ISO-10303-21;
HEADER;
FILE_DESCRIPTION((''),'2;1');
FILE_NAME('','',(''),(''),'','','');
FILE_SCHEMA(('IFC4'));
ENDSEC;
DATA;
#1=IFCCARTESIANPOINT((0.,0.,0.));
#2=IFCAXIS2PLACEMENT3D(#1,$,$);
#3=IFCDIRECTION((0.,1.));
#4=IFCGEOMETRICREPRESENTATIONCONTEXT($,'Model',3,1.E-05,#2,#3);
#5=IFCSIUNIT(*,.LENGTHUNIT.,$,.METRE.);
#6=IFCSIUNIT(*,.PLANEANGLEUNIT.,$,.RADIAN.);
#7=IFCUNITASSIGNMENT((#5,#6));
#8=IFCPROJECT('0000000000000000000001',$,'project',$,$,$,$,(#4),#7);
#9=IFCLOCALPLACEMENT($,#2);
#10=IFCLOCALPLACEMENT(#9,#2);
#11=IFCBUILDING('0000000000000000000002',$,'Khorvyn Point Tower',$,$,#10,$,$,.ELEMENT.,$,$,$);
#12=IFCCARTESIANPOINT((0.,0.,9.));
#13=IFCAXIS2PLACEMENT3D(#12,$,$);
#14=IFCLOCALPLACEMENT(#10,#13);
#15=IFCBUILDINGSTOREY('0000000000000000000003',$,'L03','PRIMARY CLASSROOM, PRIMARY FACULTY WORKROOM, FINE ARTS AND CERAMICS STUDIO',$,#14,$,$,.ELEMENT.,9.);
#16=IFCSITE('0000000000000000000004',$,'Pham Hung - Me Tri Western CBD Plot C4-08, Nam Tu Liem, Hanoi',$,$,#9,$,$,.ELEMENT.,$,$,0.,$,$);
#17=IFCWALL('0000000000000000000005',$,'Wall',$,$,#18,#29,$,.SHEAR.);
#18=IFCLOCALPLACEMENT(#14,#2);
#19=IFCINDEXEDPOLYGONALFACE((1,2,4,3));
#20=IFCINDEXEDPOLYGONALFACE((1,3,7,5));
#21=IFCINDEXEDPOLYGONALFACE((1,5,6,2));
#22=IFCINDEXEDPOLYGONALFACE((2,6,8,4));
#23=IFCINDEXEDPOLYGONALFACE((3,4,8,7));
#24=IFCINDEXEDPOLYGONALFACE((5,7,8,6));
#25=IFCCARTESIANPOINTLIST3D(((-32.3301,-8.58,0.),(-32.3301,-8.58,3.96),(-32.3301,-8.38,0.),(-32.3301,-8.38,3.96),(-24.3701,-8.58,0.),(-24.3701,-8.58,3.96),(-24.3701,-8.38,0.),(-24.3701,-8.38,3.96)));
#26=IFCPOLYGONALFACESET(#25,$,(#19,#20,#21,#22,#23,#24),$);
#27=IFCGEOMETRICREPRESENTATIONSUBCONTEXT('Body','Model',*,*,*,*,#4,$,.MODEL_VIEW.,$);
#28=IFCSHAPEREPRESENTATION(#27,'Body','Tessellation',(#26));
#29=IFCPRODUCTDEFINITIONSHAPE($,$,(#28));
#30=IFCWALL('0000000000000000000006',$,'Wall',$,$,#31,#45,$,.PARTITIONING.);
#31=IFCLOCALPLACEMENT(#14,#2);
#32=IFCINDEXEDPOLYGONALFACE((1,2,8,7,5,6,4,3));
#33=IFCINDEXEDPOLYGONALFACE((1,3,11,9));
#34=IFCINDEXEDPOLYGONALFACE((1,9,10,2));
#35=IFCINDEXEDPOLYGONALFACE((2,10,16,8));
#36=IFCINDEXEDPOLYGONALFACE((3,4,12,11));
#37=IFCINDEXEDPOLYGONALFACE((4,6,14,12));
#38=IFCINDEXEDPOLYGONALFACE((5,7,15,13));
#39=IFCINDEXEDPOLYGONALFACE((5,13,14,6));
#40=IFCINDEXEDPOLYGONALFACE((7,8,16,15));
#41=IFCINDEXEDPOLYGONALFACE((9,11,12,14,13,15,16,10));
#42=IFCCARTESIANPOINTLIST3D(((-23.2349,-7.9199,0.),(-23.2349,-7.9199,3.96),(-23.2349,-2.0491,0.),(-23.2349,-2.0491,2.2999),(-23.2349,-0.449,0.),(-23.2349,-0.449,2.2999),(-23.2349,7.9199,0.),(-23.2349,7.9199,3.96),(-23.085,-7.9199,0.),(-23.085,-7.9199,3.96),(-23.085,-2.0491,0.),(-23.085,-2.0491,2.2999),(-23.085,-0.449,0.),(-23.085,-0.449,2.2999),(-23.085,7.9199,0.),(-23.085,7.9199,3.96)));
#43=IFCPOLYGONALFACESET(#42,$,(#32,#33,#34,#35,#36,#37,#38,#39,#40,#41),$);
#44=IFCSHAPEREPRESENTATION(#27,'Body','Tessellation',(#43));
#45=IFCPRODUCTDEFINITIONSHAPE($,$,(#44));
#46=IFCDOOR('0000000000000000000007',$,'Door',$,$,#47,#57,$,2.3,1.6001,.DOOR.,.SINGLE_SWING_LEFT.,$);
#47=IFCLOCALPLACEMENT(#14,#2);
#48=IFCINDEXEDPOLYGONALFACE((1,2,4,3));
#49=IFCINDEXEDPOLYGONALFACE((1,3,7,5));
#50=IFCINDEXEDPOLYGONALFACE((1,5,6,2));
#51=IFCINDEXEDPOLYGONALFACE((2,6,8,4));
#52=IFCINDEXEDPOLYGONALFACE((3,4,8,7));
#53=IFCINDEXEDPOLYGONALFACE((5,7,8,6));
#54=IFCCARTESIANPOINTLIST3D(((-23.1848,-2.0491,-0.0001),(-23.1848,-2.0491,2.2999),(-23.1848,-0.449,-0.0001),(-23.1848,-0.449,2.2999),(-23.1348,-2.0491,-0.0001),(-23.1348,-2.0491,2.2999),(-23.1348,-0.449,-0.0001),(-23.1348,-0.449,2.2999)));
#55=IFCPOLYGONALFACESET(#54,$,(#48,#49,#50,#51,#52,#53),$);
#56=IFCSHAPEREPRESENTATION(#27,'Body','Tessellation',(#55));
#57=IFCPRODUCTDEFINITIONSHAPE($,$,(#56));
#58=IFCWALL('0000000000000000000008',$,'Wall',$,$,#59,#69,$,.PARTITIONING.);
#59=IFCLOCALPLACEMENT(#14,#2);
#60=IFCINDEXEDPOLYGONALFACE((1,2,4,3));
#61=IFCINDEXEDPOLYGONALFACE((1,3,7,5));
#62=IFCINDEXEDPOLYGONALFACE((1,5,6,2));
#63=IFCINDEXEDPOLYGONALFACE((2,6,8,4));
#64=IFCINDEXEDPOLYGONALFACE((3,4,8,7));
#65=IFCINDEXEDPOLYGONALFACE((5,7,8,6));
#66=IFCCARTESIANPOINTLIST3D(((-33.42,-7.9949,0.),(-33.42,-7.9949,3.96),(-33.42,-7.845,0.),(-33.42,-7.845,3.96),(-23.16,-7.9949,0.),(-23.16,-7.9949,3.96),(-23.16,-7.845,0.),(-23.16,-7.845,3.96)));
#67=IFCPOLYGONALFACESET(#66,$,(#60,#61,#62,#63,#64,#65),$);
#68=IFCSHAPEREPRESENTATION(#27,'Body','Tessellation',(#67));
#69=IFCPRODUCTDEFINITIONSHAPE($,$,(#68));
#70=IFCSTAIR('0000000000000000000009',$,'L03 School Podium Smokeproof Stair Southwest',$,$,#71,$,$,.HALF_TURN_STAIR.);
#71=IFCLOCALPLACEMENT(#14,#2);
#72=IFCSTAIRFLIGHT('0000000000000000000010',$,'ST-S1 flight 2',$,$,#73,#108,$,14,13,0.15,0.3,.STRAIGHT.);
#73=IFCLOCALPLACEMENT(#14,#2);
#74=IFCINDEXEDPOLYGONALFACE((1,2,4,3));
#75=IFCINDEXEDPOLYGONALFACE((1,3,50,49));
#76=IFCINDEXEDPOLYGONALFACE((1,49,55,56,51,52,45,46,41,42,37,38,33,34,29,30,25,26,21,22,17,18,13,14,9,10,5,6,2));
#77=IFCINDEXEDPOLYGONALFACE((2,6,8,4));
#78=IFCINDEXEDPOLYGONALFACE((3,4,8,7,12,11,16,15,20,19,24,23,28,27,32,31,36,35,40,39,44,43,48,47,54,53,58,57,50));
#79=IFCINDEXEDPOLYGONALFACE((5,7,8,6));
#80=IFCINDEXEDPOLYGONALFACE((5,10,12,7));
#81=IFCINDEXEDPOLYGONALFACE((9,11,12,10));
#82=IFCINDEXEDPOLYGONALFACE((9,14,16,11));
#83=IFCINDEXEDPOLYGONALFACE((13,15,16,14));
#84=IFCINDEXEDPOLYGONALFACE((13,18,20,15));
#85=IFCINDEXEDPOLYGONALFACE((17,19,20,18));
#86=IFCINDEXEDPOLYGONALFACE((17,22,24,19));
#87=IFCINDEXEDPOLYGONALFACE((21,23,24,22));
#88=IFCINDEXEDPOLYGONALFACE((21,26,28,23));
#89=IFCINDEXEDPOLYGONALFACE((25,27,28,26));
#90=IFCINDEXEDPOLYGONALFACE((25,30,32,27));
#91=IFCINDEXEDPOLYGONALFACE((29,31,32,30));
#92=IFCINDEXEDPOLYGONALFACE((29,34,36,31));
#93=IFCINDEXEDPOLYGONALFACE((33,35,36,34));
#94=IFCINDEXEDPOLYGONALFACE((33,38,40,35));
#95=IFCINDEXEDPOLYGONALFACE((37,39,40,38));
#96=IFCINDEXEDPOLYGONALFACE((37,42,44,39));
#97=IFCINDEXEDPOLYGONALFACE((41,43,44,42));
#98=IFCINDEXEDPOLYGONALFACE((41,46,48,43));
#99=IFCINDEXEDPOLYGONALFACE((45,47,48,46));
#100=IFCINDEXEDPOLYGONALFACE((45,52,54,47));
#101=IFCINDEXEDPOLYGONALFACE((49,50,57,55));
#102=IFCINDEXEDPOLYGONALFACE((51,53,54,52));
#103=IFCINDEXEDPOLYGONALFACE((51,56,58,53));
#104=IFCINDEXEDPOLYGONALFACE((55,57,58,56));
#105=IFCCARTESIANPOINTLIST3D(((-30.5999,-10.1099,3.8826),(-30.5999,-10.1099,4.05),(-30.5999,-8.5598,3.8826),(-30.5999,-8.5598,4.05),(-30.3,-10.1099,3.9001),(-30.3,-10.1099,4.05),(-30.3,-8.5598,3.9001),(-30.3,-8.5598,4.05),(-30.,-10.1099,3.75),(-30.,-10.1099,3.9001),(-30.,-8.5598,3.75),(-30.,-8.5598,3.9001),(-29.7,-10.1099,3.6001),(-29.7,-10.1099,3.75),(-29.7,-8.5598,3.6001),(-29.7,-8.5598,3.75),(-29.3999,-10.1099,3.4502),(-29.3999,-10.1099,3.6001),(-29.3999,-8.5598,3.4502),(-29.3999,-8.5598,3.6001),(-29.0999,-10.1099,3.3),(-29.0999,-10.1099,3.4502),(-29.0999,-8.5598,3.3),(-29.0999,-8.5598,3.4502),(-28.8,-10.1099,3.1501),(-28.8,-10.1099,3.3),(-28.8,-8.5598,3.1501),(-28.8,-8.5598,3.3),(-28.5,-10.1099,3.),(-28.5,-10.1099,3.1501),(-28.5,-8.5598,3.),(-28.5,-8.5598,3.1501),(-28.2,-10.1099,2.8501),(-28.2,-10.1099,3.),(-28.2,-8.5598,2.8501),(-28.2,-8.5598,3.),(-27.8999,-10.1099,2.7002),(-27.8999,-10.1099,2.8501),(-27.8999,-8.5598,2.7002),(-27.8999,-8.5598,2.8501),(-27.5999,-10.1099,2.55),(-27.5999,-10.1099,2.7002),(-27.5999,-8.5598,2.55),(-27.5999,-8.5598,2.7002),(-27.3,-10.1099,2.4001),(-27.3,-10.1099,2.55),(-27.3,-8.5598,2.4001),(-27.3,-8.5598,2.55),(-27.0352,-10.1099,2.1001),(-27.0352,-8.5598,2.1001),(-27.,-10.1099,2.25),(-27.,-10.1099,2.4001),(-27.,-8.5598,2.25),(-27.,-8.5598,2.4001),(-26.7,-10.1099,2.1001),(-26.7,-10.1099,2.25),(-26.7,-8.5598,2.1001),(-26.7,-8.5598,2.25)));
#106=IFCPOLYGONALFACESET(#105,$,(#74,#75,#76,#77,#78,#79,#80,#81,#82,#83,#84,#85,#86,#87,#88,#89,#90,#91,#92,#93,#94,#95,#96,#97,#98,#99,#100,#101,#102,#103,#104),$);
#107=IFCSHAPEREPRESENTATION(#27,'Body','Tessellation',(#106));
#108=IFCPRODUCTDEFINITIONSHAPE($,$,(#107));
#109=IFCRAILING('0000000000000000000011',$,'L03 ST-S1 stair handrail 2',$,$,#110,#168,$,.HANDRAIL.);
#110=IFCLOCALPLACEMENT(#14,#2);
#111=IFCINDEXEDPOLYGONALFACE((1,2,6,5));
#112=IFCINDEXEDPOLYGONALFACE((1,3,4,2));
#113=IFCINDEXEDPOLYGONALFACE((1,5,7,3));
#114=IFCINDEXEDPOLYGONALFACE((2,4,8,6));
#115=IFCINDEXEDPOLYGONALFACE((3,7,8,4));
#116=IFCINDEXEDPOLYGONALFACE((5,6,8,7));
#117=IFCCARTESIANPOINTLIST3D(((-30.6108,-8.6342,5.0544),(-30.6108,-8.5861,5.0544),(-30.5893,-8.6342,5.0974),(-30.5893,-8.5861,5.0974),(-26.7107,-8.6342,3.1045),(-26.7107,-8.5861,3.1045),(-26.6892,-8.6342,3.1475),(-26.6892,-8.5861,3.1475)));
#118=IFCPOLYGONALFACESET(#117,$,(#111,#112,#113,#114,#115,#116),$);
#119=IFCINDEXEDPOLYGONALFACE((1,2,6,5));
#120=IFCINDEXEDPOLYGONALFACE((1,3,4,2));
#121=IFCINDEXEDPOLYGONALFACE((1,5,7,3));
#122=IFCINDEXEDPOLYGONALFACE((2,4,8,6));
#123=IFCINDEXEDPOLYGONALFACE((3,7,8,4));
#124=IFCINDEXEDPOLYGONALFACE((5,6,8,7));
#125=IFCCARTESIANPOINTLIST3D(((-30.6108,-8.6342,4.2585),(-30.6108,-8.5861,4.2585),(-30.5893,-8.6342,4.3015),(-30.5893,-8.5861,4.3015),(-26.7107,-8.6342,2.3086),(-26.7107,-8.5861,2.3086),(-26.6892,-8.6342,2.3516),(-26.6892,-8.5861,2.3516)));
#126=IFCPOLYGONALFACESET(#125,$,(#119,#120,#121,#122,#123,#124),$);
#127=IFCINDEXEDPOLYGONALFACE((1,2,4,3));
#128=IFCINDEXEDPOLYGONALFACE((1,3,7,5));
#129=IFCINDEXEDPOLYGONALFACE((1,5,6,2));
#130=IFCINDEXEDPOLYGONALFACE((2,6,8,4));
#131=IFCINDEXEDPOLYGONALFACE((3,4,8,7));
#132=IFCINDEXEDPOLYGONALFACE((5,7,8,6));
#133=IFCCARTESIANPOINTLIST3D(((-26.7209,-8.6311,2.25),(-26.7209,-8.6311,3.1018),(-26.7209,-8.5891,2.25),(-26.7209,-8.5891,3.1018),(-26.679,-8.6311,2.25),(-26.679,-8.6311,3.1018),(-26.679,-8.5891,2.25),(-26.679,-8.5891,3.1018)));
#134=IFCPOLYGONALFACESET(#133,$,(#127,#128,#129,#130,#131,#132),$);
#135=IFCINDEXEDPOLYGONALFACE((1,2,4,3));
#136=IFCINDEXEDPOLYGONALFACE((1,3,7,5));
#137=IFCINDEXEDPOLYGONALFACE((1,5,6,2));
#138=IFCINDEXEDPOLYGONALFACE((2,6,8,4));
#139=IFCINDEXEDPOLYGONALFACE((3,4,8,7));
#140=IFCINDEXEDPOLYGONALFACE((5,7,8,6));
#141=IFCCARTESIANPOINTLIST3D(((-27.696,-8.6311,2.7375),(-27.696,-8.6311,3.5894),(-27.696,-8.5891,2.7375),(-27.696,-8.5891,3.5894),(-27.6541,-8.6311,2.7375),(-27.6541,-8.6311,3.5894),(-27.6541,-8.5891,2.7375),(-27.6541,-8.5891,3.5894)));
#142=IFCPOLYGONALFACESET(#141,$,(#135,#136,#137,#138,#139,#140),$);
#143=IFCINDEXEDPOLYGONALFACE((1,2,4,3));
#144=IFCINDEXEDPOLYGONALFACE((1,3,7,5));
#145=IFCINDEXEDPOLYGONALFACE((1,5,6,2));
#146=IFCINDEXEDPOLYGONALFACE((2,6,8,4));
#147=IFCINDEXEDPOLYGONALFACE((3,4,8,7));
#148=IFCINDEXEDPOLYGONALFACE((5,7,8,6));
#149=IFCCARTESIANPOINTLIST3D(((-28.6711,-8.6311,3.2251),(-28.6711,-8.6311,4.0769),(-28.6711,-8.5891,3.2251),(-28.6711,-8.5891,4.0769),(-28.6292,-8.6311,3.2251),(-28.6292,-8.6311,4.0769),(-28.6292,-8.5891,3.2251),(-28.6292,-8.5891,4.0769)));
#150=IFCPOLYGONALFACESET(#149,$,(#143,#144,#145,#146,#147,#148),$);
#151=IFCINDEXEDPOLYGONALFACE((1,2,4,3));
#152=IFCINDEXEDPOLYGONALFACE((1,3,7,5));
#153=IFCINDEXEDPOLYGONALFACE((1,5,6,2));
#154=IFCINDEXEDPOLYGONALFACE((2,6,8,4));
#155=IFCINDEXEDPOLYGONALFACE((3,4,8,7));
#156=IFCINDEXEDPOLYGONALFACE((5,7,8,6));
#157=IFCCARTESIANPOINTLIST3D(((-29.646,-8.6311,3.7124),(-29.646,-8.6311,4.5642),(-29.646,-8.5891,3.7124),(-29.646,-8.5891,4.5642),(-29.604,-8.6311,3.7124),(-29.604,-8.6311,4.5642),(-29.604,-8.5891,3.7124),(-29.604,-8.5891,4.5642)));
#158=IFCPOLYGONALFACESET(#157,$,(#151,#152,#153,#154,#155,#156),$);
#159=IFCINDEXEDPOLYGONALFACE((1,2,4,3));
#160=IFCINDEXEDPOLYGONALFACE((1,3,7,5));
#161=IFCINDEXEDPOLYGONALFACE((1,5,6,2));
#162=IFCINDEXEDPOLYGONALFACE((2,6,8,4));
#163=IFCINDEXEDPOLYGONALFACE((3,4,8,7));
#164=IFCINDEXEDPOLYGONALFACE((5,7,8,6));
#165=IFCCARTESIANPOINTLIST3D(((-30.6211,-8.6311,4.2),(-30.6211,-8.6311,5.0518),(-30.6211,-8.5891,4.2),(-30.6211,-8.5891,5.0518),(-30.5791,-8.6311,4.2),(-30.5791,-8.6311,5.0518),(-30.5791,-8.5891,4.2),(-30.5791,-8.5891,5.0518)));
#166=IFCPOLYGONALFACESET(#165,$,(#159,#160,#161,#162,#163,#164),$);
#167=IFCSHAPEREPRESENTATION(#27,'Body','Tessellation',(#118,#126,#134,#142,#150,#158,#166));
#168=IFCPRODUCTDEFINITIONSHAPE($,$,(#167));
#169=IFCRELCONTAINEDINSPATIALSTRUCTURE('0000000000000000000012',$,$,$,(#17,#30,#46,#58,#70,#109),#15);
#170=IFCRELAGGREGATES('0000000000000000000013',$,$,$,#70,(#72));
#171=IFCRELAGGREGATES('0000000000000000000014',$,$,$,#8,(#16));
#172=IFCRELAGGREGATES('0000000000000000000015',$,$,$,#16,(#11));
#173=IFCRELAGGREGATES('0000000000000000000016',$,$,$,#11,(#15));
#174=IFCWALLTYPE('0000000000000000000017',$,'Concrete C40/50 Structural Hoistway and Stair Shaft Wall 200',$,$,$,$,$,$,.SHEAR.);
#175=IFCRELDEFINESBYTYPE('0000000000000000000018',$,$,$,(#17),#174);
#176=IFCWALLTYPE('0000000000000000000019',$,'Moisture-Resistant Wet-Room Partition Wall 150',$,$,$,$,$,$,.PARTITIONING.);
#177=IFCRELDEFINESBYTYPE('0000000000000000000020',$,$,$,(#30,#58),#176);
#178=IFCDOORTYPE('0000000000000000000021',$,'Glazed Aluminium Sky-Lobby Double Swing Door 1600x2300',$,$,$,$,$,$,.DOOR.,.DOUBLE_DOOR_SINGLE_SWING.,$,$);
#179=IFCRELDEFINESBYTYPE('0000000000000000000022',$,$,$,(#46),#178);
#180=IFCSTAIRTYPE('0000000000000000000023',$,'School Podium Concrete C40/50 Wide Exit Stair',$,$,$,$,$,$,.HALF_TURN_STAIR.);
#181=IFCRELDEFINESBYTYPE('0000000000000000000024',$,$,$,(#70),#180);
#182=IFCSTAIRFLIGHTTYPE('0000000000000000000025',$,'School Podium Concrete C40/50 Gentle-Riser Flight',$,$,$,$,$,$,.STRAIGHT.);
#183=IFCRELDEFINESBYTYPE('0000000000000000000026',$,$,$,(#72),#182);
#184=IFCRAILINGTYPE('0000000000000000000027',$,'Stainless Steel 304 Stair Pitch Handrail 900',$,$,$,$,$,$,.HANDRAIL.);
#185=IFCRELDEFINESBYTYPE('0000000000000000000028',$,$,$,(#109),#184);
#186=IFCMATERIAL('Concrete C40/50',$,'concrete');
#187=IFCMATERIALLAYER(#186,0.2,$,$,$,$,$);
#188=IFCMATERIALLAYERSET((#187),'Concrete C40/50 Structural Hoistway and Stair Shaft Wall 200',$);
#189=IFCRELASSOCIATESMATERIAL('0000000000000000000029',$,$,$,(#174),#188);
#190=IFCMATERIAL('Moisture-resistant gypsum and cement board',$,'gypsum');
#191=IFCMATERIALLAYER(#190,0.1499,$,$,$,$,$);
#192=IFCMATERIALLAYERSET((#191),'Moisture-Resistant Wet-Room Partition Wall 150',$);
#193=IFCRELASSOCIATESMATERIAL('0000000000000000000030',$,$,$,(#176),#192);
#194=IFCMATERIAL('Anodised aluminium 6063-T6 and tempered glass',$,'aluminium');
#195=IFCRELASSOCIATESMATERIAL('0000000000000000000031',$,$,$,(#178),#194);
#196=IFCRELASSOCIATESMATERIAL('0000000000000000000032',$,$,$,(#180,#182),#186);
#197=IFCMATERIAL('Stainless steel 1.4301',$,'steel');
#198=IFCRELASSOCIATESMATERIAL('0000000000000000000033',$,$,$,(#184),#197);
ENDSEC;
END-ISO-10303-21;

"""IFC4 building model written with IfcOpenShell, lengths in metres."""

from ifc_helpers import new_model, si_unit, direction, frame, frame_2d, origin, origin_2d, place, context, subcontext, project, spatial, polyline, rectangle, outline, extrude, material, layer, layer_set, type_object, element, fill, aggregate, save


model = new_model("IFC4")

# Units and contexts
model_context = context("Model", 3, precision=1e-05, world=origin(), true_north=direction((0.0, 1.0)))
body_context = subcontext(model_context, "Body", "Model", "MODEL_VIEW")
ifc_project = project(units=[si_unit("LENGTHUNIT", "METRE"), si_unit("PLANEANGLEUNIT", "RADIAN")], contexts=[model_context])

# Site, building, storey
site_placement = place(None, origin())
site = spatial("IfcSite", under=ifc_project, at=site_placement, Name="Pham Hung - Me Tri Western CBD Plot C4-08, Nam Tu Liem, Hanoi", CompositionType="ELEMENT", RefElevation=0.0)
building_placement = place(site_placement, origin())
building = spatial("IfcBuilding", under=site, at=building_placement, Name="Khorvyn Point Tower", CompositionType="ELEMENT")
storey_placement = place(building_placement, frame((0.0, 0.0, 9.0)))
storey = spatial("IfcBuildingStorey", under=building, at=storey_placement, Name="L03", Description="PRIMARY CLASSROOM, PRIMARY FACULTY WORKROOM, FINE ARTS AND CERAMICS STUDIO", CompositionType="ELEMENT", Elevation=9.0)

# Shared definitions
ifc_material_1 = material(Name="Concrete C40/50", Category="concrete")

# Shared definitions
ifc_layer_1 = layer(ifc_material_1, 0.2)
ifc_layer_set_1 = layer_set([ifc_layer_1], Name="Concrete C40/50 Structural Hoistway and Stair Shaft Wall 200")
wall_type_1 = type_object("IfcWallType", Name="Concrete C40/50 Structural Hoistway and Stair Shaft Wall 200", PredefinedType="SHEAR", material=ifc_layer_set_1)
ifc_material_2 = material(Name="Stainless steel 1.4301", Category="steel")

# Wall
wall_1_placement = place(storey_placement, frame((-32.3301, -8.48, 0.0), z_axis=(0.0, 0.0, 1.0), x_axis=(1.0, 0.0, 0.0)))
element("IfcWall", 1, at=wall_1_placement, inside=storey, type_object=wall_type_1, Name="Wall", PredefinedType="SHEAR", context=body_context, shape_type="SweptSolid", body=[
    extrude(rectangle(XDim=7.96, YDim=0.2, at=frame_2d((3.98, 0.0))), origin(), (0.0, 0.0, 1.0), 3.96),
])

# Wall, opening, door
ifc_material_3 = material(Name="Moisture-resistant gypsum and cement board", Category="gypsum")
ifc_layer_2 = layer(ifc_material_3, 0.1499)
ifc_layer_set_2 = layer_set([ifc_layer_2], Name="Moisture-Resistant Wet-Room Partition Wall 150")
wall_type_2 = type_object("IfcWallType", Name="Moisture-Resistant Wet-Room Partition Wall 150", PredefinedType="PARTITIONING", material=ifc_layer_set_2)
wall_2_placement = place(storey_placement, frame((-23.1599, -7.9199, 0.0), z_axis=(0.0, 0.0, 1.0), x_axis=(0.0, 1.0, 0.0)))
wall_2 = element("IfcWall", 2, at=wall_2_placement, inside=storey, type_object=wall_type_2, Name="Wall", PredefinedType="PARTITIONING", context=body_context, shape_type="SweptSolid", body=[
    extrude(rectangle(XDim=15.8398, YDim=0.1499, at=frame_2d((7.9199, 0.0))), origin(), (0.0, 0.0, 1.0), 3.96),
])
opening_1_placement = place(wall_2_placement, frame((5.8708, 0.0, 0.0)))
opening_1 = element("IfcOpeningElement", 3, at=opening_1_placement, cuts=wall_2, PredefinedType="OPENING", context=body_context, shape_type="SweptSolid", body=[
    extrude(rectangle(XDim=1.6001, YDim=2.3, at=frame_2d((0.8, 1.1499))), frame((0.0, 0.085, 0.0), z_axis=(0.0, -1.0, 0.0), x_axis=(1.0, 0.0, 0.0)), (0.0, 0.0, 1.0), 0.1699),
])
ifc_material_4 = material(Name="Anodised aluminium 6063-T6 and tempered glass", Category="aluminium")
door_type_1 = type_object("IfcDoorType", Name="Glazed Aluminium Sky-Lobby Double Swing Door 1600x2300", OperationType="DOUBLE_DOOR_SINGLE_SWING", PredefinedType="DOOR", material=ifc_material_4)
door_1_placement = place(opening_1_placement, origin())
door_1 = element("IfcDoor", 4, at=door_1_placement, inside=storey, type_object=door_type_1, Name="Door", OperationType="SINGLE_SWING_LEFT", OverallHeight=2.3, OverallWidth=1.6001, PredefinedType="DOOR", context=body_context, shape_type="SweptSolid", body=[
    extrude(rectangle(XDim=1.6001, YDim=2.3, at=frame_2d((0.8, 1.1499))), frame((0.0, 0.0249, 0.0), z_axis=(0.0, -1.0, 0.0), x_axis=(1.0, 0.0, 0.0)), (0.0, 0.0, 1.0), 0.05),
])
fill(opening_1, door_1)

# Wall
wall_3_placement = place(storey_placement, frame((-33.4199, -7.9199, 0.0), z_axis=(0.0, 0.0, 1.0), x_axis=(1.0, 0.0, 0.0)))
element("IfcWall", 5, at=wall_3_placement, inside=storey, type_object=wall_type_2, Name="Wall", PredefinedType="PARTITIONING", context=body_context, shape_type="SweptSolid", body=[
    extrude(rectangle(XDim=10.26, YDim=0.1499, at=frame_2d((5.1299, 0.0))), origin(), (0.0, 0.0, 1.0), 3.96),
])

# Stair, stair flight
stair_type = type_object("IfcStairType", Name="School Podium Concrete C40/50 Wide Exit Stair", PredefinedType="HALF_TURN_STAIR", material=ifc_material_1)
stair_placement = place(storey_placement, origin())
stair = element("IfcStair", 6, at=stair_placement, inside=storey, type_object=stair_type, Name="L03 School Podium Smokeproof Stair Southwest", PredefinedType="HALF_TURN_STAIR")
stair_flight_type = type_object("IfcStairFlightType", Name="School Podium Concrete C40/50 Gentle-Riser Flight", PredefinedType="STRAIGHT", material=ifc_material_1)
stair_flight_placement = place(storey_placement, frame((-26.7, -9.335, 2.1001), z_axis=(0.0, 0.0, 1.0), x_axis=(-1.0, 0.0, 0.0)))
stair_flight = element("IfcStairFlight", 7, at=stair_flight_placement, type_object=stair_flight_type, Name="ST-S1 flight 2", NumberOfRisers=14, NumberOfTreads=13, PredefinedType="STRAIGHT", RiserHeight=0.15, TreadLength=0.3, context=body_context, shape_type="SweptSolid", body=[
    extrude(outline(polyline([(0.0, 0.0), (0.0, 0.1499), (0.3, 0.1499), (0.3, 0.3), (0.6001, 0.3), (0.6001, 0.45), (0.8999, 0.45), (0.8999, 0.6001), (1.2, 0.6001), (1.2, 0.75), (1.5, 0.75), (1.5, 0.8999), (1.8, 0.8999), (1.8, 1.05), (2.1001, 1.05), (2.1001, 1.2), (2.3999, 1.2), (2.3999, 1.3501), (2.7, 1.3501), (2.7, 1.5), (3.0, 1.5), (3.0, 1.6499), (3.3, 1.6499), (3.3, 1.8), (3.6001, 1.8), (3.6001, 1.95), (3.8999, 1.95), (3.8999, 2.1001), (3.8999, 1.7825), (0.3352, 0.0), (0.0, 0.0)])), frame((0.0, 0.7749, 0.0), z_axis=(0.0, -1.0, 0.0), x_axis=(1.0, 0.0, 0.0)), (0.0, 0.0, 1.0), 1.55),
])
aggregate(stair, [stair_flight])

# Railing
railing_type_1 = type_object("IfcRailingType", Name="Stainless Steel 304 Stair Pitch Handrail 900", PredefinedType="HANDRAIL", material=ifc_material_2)
railing_1_placement = place(storey_placement, frame((-26.7, -8.6101, 2.25)))
element("IfcRailing", 8, at=railing_1_placement, inside=storey, type_object=railing_type_1, Name="L03 ST-S1 stair handrail 2", PredefinedType="HANDRAIL", context=body_context, shape_type="SweptSolid", body=[
    extrude(rectangle(XDim=0.0481, YDim=0.0481, at=origin_2d()), frame((0.0, 0.0, 0.876), z_axis=(-0.894438, 0.0, 0.447191), x_axis=(0.0, -1.0, 0.0)), (0.0, 0.0, 1.0), 4.3604),
    extrude(rectangle(XDim=0.0481, YDim=0.0481, at=origin_2d()), frame((0.0, 0.0, 0.0801), z_axis=(-0.894438, 0.0, 0.447191), x_axis=(0.0, -1.0, 0.0)), (0.0, 0.0, 1.0), 4.3604),
    extrude(rectangle(XDim=0.042, YDim=0.042, at=origin_2d()), origin(), (0.0, 0.0, 1.0), 0.8518),
    extrude(rectangle(XDim=0.042, YDim=0.042, at=origin_2d()), frame((-0.9751, 0.0, 0.4875)), (0.0, 0.0, 1.0), 0.8518),
    extrude(rectangle(XDim=0.042, YDim=0.042, at=origin_2d()), frame((-1.9502, 0.0, 0.9751)), (0.0, 0.0, 1.0), 0.8518),
    extrude(rectangle(XDim=0.042, YDim=0.042, at=origin_2d()), frame((-2.925, 0.0, 1.4624)), (0.0, 0.0, 1.0), 0.8518),
    extrude(rectangle(XDim=0.042, YDim=0.042, at=origin_2d()), frame((-3.9001, 0.0, 1.95)), (0.0, 0.0, 1.0), 0.8518),
])

save(model, "model.ifc")
